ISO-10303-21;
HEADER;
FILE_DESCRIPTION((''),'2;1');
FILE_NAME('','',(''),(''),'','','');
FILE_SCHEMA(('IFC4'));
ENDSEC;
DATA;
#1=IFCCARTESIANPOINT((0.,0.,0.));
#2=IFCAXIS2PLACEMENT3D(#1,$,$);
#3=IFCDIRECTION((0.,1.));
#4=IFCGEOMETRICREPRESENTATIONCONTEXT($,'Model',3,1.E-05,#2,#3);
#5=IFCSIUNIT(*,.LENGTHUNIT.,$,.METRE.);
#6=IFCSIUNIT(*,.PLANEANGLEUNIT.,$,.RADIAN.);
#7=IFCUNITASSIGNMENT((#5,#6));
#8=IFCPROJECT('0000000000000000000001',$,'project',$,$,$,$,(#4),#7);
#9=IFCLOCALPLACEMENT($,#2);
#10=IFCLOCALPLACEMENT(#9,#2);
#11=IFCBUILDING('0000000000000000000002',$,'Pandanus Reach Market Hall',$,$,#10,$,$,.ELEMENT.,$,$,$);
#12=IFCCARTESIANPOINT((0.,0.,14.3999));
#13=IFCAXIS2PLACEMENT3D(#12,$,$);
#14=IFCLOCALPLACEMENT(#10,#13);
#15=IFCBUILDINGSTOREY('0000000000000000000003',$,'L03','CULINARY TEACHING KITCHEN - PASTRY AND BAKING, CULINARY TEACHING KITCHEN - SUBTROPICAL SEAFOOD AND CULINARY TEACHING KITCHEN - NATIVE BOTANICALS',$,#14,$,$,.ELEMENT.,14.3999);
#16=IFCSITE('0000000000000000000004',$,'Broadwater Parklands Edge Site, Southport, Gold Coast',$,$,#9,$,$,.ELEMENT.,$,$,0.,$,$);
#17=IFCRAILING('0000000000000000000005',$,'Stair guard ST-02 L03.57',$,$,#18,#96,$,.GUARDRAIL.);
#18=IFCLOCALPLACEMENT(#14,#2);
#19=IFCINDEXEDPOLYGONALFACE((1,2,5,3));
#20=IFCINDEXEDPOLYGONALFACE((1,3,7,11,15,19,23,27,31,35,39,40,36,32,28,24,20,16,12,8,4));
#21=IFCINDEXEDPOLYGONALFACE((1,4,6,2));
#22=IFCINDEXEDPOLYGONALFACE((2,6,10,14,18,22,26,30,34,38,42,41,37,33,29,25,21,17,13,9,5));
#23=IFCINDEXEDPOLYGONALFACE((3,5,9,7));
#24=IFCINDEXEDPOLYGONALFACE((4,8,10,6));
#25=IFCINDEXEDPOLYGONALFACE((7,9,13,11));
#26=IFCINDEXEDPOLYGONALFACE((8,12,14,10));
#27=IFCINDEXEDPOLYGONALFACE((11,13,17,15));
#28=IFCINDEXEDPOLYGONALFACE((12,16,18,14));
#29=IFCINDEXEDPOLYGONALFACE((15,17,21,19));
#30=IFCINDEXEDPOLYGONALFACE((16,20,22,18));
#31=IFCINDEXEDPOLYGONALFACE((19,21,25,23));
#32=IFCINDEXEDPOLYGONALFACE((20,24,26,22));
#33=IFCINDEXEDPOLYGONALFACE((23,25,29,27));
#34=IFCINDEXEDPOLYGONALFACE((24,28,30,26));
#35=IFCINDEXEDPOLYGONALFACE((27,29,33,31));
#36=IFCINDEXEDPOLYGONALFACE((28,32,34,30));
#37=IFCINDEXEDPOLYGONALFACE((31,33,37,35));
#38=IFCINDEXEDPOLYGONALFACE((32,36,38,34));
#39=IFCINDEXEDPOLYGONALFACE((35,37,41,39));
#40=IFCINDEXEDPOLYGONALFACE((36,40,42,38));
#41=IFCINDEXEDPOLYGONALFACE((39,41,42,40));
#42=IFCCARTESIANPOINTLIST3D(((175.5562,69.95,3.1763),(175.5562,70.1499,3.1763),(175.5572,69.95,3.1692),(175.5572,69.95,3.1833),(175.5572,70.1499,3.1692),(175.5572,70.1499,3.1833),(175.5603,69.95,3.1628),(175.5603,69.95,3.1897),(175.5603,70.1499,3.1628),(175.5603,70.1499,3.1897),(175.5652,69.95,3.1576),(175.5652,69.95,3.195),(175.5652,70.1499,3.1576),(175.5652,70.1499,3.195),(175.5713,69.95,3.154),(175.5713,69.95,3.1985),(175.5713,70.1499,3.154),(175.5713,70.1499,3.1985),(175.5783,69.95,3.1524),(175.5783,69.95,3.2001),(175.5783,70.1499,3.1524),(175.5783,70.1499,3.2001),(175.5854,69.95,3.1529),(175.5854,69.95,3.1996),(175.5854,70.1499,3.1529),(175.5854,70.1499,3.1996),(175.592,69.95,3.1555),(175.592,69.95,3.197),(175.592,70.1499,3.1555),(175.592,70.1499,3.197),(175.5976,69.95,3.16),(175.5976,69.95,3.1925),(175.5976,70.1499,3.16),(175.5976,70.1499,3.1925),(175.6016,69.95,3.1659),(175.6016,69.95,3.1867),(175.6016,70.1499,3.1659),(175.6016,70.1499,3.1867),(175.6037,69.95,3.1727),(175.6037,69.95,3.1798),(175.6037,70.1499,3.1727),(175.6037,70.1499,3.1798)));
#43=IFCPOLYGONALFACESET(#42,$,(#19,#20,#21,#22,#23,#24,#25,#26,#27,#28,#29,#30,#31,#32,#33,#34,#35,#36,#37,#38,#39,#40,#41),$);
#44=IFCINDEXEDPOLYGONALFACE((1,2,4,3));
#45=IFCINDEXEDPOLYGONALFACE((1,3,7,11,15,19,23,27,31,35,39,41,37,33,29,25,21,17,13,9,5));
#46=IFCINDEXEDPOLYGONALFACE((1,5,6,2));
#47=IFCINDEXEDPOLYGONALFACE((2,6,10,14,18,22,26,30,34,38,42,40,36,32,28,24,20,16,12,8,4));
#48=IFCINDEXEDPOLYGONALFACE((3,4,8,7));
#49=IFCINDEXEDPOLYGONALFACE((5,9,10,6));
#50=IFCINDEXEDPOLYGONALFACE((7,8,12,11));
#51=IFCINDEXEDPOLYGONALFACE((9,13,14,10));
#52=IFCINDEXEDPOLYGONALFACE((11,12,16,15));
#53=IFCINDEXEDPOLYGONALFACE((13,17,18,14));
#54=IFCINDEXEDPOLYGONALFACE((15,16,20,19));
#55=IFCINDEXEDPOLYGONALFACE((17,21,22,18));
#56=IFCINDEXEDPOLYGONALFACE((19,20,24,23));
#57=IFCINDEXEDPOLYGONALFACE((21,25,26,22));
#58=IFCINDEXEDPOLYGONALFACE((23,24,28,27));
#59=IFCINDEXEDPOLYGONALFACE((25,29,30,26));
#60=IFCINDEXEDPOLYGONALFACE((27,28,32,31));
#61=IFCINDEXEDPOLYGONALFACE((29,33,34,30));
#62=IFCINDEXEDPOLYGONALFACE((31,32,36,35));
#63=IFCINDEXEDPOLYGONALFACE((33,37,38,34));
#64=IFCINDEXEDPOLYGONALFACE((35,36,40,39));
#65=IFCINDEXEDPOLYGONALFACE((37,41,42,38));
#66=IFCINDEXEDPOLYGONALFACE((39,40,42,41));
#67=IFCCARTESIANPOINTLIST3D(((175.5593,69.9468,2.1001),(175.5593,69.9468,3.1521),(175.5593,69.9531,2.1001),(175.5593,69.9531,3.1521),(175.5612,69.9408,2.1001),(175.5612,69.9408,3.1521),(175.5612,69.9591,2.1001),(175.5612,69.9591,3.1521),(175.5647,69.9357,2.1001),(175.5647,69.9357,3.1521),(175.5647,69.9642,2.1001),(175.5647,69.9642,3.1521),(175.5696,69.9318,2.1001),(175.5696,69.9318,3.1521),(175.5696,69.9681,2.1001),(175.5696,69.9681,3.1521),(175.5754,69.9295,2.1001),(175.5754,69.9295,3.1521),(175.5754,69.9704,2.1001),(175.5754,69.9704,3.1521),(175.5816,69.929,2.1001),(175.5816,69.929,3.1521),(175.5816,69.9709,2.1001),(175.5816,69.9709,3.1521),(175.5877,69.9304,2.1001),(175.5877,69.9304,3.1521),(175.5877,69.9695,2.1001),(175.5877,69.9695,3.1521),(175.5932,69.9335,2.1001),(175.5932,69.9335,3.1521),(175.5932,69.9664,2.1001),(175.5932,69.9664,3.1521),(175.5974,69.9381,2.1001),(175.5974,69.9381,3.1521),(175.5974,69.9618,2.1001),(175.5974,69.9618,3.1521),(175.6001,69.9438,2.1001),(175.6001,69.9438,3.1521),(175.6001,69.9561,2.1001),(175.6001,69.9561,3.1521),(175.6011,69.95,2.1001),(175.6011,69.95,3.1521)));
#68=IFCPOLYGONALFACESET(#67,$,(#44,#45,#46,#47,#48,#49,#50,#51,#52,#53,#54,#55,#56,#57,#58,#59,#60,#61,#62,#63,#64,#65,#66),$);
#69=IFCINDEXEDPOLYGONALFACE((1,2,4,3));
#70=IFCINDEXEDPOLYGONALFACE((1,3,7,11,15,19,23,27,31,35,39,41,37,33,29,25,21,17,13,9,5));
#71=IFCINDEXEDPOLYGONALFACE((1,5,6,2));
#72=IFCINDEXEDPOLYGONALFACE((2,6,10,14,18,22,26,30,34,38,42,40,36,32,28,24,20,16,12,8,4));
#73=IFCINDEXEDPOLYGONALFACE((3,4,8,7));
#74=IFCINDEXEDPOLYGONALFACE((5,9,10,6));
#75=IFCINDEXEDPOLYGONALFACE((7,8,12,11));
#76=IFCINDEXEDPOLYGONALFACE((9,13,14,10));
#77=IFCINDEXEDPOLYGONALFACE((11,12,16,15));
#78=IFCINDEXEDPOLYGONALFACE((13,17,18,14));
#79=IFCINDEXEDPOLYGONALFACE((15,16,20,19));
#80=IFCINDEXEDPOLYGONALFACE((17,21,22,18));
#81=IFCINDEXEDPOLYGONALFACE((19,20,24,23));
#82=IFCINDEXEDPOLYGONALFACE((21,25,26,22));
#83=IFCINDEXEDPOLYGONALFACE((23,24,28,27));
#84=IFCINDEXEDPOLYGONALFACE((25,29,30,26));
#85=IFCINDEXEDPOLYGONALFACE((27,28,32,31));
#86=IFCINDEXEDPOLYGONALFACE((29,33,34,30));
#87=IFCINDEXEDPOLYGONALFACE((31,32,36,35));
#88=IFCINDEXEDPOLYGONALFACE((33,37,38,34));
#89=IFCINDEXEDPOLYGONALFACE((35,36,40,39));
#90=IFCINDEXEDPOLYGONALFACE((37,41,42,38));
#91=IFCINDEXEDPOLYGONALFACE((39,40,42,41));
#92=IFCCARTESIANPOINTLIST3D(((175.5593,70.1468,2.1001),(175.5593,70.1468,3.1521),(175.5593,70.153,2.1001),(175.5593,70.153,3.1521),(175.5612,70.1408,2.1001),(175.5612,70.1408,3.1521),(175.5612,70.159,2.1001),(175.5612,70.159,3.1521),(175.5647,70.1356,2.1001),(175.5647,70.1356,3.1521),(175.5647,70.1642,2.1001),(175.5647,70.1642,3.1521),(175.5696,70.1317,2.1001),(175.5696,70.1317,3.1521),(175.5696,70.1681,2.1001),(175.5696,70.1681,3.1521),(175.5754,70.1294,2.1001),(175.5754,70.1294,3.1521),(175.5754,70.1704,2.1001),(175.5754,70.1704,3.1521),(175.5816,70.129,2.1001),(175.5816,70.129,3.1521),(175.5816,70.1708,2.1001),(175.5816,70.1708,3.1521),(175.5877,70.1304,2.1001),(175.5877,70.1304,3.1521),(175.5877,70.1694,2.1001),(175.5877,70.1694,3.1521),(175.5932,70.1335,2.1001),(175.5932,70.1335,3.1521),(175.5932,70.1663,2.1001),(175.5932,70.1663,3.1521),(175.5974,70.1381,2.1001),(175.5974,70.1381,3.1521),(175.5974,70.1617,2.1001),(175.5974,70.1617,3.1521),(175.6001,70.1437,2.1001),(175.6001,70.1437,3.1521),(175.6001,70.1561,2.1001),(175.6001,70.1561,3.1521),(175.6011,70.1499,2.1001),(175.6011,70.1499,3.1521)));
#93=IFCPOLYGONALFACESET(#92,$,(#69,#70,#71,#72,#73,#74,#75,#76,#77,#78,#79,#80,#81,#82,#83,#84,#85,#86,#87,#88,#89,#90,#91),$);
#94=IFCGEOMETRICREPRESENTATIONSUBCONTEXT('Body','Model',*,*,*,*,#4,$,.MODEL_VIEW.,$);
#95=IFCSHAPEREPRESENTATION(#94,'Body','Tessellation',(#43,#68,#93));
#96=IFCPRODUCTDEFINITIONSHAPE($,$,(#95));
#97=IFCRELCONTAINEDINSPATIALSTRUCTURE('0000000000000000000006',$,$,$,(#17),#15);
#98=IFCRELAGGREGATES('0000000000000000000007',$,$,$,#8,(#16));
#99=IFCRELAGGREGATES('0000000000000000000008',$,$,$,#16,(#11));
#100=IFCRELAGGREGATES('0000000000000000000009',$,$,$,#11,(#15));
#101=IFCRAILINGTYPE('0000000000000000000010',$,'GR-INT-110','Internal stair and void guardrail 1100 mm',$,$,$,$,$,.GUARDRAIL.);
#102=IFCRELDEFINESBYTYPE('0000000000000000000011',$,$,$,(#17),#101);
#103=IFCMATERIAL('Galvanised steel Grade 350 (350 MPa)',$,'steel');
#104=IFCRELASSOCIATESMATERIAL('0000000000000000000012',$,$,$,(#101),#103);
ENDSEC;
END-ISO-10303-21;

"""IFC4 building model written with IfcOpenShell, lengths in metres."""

from ifc_helpers import new_model, si_unit, direction, frame, origin, origin_2d, place, context, subcontext, project, spatial, circle, extrude, material, type_object, element, save


model = new_model("IFC4")

# Units and contexts
model_context = context("Model", 3, precision=1e-05, world=origin(), true_north=direction((0.0, 1.0)))
body_context = subcontext(model_context, "Body", "Model", "MODEL_VIEW")
ifc_project = project(units=[si_unit("LENGTHUNIT", "METRE"), si_unit("PLANEANGLEUNIT", "RADIAN")], contexts=[model_context])

# Site, building, storey
site_placement = place(None, origin())
site = spatial("IfcSite", under=ifc_project, at=site_placement, Name="Broadwater Parklands Edge Site, Southport, Gold Coast", CompositionType="ELEMENT", RefElevation=0.0)
building_placement = place(site_placement, origin())
building = spatial("IfcBuilding", under=site, at=building_placement, Name="Pandanus Reach Market Hall", CompositionType="ELEMENT")
storey_placement = place(building_placement, frame((0.0, 0.0, 14.3999)))
storey = spatial("IfcBuildingStorey", under=building, at=storey_placement, Name="L03", Description="CULINARY TEACHING KITCHEN - PASTRY AND BAKING, CULINARY TEACHING KITCHEN - SUBTROPICAL SEAFOOD AND CULINARY TEACHING KITCHEN - NATIVE BOTANICALS", CompositionType="ELEMENT", Elevation=14.3999)

# Railing
ifc_material_1 = material(Name="Galvanised steel Grade 350 (350 MPa)", Category="steel")
railing_type_1 = type_object("IfcRailingType", Name="GR-INT-110", Description="Internal stair and void guardrail 1100 mm", PredefinedType="GUARDRAIL", material=ifc_material_1)
railing_1_placement = place(storey_placement, frame((175.5801, 69.95, 2.1001)))
element("IfcRailing", 1, at=railing_1_placement, inside=storey, type_object=railing_type_1, Name="Stair guard ST-02 L03.57", PredefinedType="GUARDRAIL", context=body_context, shape_type="SweptSolid", body=[
    extrude(circle(Radius=0.0239, at=origin_2d()), frame((0.0, 0.0, 1.0762), z_axis=(0.0, 1.0, 0.0), x_axis=(-1.0, 0.0, 0.0)), (0.0, 0.0, 1.0), 0.2),
    extrude(circle(Radius=0.021, at=origin_2d()), origin(), (0.0, 0.0, 1.0), 1.052),
    extrude(circle(Radius=0.021, at=origin_2d()), frame((0.0, 0.2, 0.0)), (0.0, 0.0, 1.0), 1.052),
])

save(model, "model.ifc")
